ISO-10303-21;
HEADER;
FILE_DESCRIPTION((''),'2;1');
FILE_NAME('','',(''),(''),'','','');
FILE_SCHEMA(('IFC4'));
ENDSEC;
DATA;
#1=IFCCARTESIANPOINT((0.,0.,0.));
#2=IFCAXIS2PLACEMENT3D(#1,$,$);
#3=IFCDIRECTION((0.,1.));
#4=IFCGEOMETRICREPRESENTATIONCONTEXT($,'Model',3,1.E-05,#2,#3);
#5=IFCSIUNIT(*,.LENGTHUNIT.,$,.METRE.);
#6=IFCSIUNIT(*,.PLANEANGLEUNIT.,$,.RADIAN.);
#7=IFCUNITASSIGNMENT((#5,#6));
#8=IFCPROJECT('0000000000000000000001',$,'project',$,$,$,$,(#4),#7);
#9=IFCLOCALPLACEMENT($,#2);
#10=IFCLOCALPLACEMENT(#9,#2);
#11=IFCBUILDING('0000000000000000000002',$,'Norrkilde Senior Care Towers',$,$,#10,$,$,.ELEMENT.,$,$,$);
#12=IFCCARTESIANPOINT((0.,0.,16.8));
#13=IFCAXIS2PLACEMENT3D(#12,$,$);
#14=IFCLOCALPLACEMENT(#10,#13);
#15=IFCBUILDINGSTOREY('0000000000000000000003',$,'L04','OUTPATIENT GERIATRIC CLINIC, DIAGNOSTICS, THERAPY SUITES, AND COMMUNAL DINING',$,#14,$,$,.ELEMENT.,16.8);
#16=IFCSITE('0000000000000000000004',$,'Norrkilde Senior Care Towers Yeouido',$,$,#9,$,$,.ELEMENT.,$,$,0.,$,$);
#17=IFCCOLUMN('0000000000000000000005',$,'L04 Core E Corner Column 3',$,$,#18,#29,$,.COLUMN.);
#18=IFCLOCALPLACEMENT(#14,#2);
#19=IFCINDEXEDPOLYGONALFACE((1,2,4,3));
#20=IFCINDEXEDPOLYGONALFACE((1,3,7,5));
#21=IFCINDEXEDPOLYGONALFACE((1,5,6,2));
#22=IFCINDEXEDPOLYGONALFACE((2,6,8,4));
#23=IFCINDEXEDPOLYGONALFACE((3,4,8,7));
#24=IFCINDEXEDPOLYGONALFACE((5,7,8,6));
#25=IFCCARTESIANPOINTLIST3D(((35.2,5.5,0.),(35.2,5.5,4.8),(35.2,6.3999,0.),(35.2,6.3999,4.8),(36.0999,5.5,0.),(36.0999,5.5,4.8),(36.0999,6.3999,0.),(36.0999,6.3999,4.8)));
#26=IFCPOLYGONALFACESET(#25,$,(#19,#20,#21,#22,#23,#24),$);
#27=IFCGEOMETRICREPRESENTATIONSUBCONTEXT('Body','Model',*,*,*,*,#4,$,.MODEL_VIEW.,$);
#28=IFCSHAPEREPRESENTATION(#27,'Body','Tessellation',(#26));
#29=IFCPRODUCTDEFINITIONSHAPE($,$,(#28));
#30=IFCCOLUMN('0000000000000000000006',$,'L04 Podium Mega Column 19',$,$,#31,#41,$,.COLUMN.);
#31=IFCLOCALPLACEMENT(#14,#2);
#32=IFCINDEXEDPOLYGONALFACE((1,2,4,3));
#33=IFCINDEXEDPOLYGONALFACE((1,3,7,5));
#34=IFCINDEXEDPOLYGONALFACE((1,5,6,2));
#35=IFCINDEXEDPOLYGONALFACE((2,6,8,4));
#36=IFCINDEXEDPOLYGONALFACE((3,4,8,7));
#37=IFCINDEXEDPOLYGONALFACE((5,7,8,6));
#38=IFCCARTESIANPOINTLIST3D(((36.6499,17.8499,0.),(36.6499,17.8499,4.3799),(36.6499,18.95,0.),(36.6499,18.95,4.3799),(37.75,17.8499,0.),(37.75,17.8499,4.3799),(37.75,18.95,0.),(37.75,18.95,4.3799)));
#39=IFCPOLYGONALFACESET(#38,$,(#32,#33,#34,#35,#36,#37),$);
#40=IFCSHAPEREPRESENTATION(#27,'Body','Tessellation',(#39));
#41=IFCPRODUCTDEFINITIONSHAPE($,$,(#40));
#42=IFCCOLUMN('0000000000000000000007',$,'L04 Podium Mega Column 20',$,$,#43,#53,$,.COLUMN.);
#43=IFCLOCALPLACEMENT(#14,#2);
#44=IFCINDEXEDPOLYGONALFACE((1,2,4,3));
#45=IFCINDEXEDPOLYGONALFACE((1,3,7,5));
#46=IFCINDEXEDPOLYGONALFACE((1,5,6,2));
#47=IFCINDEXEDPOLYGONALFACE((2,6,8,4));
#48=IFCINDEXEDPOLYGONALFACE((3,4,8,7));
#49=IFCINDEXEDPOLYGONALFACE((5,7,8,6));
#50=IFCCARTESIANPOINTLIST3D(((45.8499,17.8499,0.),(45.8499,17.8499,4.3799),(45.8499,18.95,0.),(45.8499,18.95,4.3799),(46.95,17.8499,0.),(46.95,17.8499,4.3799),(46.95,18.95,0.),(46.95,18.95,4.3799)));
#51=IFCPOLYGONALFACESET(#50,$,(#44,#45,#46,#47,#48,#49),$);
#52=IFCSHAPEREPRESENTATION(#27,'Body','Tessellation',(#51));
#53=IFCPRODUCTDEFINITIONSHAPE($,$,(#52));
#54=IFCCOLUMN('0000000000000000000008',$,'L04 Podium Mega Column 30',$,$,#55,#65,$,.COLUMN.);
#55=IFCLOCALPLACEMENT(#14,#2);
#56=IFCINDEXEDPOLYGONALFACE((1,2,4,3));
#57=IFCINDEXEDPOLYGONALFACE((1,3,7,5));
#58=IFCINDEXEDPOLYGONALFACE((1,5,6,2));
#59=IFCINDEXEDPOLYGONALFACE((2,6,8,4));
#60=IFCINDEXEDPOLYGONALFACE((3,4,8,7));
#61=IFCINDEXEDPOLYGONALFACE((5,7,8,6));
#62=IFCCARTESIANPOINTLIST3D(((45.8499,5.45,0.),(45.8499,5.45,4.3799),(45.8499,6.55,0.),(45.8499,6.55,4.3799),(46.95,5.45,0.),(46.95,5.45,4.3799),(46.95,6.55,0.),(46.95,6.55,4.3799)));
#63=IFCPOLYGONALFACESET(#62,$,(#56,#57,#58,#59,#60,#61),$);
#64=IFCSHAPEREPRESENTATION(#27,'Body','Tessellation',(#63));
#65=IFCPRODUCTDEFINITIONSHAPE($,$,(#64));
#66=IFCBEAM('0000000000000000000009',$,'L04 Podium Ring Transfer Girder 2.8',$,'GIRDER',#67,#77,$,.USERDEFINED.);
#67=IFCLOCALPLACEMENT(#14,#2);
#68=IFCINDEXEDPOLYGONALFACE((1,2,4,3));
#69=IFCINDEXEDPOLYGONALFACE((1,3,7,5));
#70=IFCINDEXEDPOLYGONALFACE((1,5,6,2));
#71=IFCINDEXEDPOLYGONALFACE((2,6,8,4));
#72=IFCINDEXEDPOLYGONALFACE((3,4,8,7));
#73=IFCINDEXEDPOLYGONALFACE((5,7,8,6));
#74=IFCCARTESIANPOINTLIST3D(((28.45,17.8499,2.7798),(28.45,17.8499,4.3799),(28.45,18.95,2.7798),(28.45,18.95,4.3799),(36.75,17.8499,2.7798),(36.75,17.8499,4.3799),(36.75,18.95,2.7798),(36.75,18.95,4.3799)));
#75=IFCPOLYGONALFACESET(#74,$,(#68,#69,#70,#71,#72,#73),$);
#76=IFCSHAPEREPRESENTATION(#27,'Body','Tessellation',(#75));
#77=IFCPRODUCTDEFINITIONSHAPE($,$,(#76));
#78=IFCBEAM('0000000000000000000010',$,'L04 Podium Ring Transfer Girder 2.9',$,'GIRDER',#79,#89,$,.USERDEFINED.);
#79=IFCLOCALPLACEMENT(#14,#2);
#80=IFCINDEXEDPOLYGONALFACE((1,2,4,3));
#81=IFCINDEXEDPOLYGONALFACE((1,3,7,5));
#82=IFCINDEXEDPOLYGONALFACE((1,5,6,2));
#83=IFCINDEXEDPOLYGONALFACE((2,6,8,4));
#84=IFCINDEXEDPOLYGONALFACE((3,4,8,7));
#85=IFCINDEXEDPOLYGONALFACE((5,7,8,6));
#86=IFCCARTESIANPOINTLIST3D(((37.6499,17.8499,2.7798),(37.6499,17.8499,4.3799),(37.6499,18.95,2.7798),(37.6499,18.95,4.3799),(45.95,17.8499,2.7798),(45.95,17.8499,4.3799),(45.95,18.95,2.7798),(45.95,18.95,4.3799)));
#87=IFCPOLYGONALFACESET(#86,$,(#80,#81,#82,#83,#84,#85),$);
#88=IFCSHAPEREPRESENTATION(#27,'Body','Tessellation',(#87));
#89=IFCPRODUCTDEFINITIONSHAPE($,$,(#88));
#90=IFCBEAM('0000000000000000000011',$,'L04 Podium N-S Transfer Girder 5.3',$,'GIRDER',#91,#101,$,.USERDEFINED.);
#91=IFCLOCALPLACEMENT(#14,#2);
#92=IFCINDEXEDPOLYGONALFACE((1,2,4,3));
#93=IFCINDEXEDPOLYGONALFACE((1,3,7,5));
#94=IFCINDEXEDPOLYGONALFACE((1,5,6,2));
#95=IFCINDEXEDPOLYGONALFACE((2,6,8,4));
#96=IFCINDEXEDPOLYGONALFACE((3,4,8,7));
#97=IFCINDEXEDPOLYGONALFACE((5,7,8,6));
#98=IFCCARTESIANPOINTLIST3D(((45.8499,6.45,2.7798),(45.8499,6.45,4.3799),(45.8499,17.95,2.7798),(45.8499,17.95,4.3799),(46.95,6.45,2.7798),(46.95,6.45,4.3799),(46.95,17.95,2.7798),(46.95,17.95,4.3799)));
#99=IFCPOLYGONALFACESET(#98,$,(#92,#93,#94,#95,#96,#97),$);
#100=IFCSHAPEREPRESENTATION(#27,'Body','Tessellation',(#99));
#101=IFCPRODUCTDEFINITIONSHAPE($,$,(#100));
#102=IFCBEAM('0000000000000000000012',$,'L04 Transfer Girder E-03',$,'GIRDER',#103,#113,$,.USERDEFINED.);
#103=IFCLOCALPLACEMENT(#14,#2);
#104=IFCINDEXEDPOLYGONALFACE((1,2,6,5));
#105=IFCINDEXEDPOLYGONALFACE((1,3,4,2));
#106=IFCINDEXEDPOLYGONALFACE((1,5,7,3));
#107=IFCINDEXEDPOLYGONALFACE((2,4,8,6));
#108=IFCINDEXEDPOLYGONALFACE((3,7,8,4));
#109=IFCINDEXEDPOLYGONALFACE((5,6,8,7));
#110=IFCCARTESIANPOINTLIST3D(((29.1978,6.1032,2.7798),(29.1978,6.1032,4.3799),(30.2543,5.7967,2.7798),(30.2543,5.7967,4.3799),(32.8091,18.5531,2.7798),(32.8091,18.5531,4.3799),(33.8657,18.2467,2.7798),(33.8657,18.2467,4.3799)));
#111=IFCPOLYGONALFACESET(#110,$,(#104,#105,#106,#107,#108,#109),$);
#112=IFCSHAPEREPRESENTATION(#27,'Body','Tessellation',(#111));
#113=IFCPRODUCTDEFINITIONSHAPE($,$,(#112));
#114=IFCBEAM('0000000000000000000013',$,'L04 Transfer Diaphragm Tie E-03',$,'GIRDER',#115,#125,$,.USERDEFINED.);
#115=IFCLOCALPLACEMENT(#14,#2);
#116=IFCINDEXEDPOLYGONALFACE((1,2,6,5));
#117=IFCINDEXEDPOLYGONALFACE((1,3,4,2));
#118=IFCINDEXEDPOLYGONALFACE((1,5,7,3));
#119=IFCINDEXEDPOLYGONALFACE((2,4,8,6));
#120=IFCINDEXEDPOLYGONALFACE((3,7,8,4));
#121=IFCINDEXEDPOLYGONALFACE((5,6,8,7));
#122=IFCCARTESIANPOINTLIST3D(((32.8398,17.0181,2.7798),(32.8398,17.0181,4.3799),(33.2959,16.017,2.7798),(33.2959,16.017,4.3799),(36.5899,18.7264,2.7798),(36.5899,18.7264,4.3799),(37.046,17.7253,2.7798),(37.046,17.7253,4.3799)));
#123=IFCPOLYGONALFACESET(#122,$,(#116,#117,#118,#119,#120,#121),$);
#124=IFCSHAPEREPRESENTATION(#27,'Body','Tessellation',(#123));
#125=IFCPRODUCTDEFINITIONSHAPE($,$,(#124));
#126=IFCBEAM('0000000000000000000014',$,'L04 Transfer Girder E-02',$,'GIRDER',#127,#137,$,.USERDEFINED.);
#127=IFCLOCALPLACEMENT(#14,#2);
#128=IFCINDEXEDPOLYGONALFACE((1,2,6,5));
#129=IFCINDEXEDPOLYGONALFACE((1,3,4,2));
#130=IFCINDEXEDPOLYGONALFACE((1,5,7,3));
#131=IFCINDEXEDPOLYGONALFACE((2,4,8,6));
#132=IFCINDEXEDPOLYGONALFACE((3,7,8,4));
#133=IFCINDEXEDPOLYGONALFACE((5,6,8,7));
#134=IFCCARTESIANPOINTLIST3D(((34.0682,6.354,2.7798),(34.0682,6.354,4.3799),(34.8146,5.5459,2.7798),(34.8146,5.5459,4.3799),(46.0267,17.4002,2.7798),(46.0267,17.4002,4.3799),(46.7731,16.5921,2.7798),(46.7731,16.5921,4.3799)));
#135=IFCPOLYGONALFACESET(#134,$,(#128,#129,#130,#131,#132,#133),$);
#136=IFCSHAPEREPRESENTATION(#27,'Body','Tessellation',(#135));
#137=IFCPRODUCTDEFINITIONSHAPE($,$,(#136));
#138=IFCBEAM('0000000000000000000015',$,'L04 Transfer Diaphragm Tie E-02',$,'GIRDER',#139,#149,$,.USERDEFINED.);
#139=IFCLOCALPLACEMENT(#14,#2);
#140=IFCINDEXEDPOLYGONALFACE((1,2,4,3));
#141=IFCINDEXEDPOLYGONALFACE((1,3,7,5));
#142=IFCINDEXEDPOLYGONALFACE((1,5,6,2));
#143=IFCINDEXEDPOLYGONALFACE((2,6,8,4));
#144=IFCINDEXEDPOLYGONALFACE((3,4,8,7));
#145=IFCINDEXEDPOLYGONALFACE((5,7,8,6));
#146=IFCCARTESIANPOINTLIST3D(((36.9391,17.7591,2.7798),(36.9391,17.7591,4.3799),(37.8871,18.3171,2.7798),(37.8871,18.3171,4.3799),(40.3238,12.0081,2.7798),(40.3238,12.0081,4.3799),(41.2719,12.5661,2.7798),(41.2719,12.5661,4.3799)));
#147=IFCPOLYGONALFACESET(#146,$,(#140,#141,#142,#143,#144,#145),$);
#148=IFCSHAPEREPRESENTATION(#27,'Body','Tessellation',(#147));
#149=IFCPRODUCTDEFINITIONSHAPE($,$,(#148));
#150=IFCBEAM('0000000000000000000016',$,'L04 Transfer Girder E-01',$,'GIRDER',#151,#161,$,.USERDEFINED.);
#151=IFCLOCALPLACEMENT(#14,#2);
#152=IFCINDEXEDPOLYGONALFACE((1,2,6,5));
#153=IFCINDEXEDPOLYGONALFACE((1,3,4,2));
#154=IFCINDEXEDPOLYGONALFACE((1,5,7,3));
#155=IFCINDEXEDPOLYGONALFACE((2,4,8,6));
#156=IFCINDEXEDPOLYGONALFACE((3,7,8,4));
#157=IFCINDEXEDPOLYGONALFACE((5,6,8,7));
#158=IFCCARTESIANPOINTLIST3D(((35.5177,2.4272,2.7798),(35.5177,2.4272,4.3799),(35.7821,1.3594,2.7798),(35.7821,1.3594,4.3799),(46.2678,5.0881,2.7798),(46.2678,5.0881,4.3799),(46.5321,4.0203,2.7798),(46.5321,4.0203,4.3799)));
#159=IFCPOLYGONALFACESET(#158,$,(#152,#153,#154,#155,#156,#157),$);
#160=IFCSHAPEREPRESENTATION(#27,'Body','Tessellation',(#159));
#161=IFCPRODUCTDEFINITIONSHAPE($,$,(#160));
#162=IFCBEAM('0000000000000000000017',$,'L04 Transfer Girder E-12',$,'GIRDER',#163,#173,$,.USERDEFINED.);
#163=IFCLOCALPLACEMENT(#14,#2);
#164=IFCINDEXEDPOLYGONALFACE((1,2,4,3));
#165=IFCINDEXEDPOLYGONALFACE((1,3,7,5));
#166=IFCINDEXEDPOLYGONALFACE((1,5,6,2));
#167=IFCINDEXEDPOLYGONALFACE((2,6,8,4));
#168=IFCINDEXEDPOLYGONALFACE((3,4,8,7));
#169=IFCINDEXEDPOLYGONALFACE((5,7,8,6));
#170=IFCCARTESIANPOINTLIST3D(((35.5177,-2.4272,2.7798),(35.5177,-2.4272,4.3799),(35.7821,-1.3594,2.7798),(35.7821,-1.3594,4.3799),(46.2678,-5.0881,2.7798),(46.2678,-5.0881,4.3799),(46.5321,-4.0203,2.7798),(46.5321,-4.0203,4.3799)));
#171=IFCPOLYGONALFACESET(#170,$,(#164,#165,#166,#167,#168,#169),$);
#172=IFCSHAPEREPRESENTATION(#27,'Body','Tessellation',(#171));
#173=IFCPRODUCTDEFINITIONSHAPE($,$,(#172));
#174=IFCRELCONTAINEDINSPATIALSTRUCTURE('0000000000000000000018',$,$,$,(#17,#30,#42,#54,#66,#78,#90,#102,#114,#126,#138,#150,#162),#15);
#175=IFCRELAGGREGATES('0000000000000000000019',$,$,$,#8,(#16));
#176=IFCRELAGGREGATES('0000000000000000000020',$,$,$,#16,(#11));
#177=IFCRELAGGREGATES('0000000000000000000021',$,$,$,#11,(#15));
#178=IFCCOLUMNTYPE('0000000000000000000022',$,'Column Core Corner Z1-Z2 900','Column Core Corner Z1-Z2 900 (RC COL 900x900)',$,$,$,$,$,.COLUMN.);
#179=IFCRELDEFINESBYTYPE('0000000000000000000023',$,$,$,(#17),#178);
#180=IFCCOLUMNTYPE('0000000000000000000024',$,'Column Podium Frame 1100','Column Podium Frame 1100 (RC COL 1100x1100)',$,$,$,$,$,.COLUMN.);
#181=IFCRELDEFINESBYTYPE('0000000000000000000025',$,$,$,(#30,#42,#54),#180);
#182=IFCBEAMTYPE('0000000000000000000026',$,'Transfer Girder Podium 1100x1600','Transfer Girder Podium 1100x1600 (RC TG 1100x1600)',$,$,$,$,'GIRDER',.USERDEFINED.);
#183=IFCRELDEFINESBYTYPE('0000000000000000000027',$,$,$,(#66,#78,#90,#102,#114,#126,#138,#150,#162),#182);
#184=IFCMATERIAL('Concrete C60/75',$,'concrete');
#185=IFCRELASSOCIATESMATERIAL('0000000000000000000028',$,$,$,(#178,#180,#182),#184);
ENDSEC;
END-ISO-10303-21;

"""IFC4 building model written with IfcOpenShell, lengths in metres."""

from ifc_helpers import new_model, si_unit, direction, frame, origin, origin_2d, place, context, subcontext, project, spatial, rectangle, extrude, source, transform, mapped, material, material_profile, profile_set, type_object, type_shapes, element, save


model = new_model("IFC4")

# Units and contexts
model_context = context("Model", 3, precision=1e-05, world=origin(), true_north=direction((0.0, 1.0)))
body_context = subcontext(model_context, "Body", "Model", "MODEL_VIEW")
ifc_project = project(units=[si_unit("LENGTHUNIT", "METRE"), si_unit("PLANEANGLEUNIT", "RADIAN")], contexts=[model_context])

# Site, building, storey
site_placement = place(None, origin())
site = spatial("IfcSite", under=ifc_project, at=site_placement, Name="Norrkilde Senior Care Towers Yeouido", CompositionType="ELEMENT", RefElevation=0.0)
building_placement = place(site_placement, origin())
building = spatial("IfcBuilding", under=site, at=building_placement, Name="Norrkilde Senior Care Towers", CompositionType="ELEMENT")
storey_placement = place(building_placement, frame((0.0, 0.0, 16.8)))
storey = spatial("IfcBuildingStorey", under=building, at=storey_placement, Name="L04", Description="OUTPATIENT GERIATRIC CLINIC, DIAGNOSTICS, THERAPY SUITES, AND COMMUNAL DINING", CompositionType="ELEMENT", Elevation=16.8)

# Columns
ifc_material_1 = material(Name="Concrete C60/75", Category="concrete")
ifc_material_profile_1 = material_profile(ifc_material_1, rectangle(XDim=0.8999, YDim=0.8999, at=origin_2d()), Name="RC COL 900x900")
ifc_profile_set_1 = profile_set([ifc_material_profile_1], Name="Concrete C60/75")
column_type_1 = type_object("IfcColumnType", Name="Column Core Corner Z1-Z2 900", Description="Column Core Corner Z1-Z2 900 (RC COL 900x900)", PredefinedType="COLUMN", material=ifc_profile_set_1)
shared_shape_1 = source(origin(), body_context, "Body", "SweptSolid", [
    extrude(rectangle(XDim=0.8999, YDim=0.8999, at=origin_2d()), origin(), (0.0, 0.0, 1.0), 4.8),
])
type_shapes(column_type_1, [shared_shape_1])
column_placement = place(storey_placement, frame((35.6499, 5.95, 0.0), z_axis=(0.0, 0.0, 1.0), x_axis=(1.0, 0.0, 0.0)))
element("IfcColumn", 1, at=column_placement, inside=storey, type_object=column_type_1, Name="L04 Core E Corner Column 3", PredefinedType="COLUMN", context=body_context, shape_type="MappedRepresentation", body=[
    mapped(shared_shape_1, transform((0.0, 0.0, 0.0), x_axis=(1.0, 0.0, 0.0), y_axis=(0.0, 1.0, 0.0), z_axis=(0.0, 0.0, 1.0), scale=1.0)),
])
ifc_material_profile_2 = material_profile(ifc_material_1, rectangle(XDim=1.1001, YDim=1.1001, at=origin_2d()), Name="RC COL 1100x1100")
ifc_profile_set_2 = profile_set([ifc_material_profile_2], Name="Concrete C60/75")
column_type_2 = type_object("IfcColumnType", Name="Column Podium Frame 1100", Description="Column Podium Frame 1100 (RC COL 1100x1100)", PredefinedType="COLUMN", material=ifc_profile_set_2)
shared_shape_2 = source(origin(), body_context, "Body", "SweptSolid", [
    extrude(rectangle(XDim=1.1001, YDim=1.1001, at=origin_2d()), origin(), (0.0, 0.0, 1.0), 4.3799),
])
type_shapes(column_type_2, [shared_shape_2])
for number, where, z_axis, x_axis, name in (
    (2, (37.2, 18.3999, 0.0), (0.0, 0.0, 1.0), (1.0, 0.0, 0.0), "L04 Podium Mega Column 19"),
    (3, (46.3999, 18.3999, 0.0), (0.0, 0.0, 1.0), (1.0, 0.0, 0.0), "L04 Podium Mega Column 20"),
    (4, (46.3999, 6.0, 0.0), (0.0, 0.0, 1.0), (1.0, 0.0, 0.0), "L04 Podium Mega Column 30"),
):
    element("IfcColumn", number, at=place(storey_placement, frame(where, z_axis=z_axis, x_axis=x_axis)), inside=storey, type_object=column_type_2, Name=name, PredefinedType="COLUMN", context=body_context, shape_type="MappedRepresentation", body=[
        mapped(shared_shape_2, transform((0.0, 0.0, 0.0), x_axis=(1.0, 0.0, 0.0), y_axis=(0.0, 1.0, 0.0), z_axis=(0.0, 0.0, 1.0), scale=1.0)),
    ])

# Beams
ifc_material_profile_3 = material_profile(ifc_material_1, rectangle(XDim=1.1001, YDim=1.6001, at=origin_2d()), Name="RC TG 1100x1600")
ifc_profile_set_3 = profile_set([ifc_material_profile_3], Name="Concrete C60/75")
beam_type = type_object("IfcBeamType", Name="Transfer Girder Podium 1100x1600", Description="Transfer Girder Podium 1100x1600 (RC TG 1100x1600)", ElementType="GIRDER", PredefinedType="USERDEFINED", material=ifc_profile_set_3)
shared_shape_3 = source(origin(), body_context, "Body", "SweptSolid", [
    extrude(rectangle(XDim=1.1001, YDim=1.6001, at=origin_2d()), origin(), (0.0, 0.0, 1.0), 8.3),
])
for number, where, z_axis, x_axis, name in (
    (5, (28.45, 18.3999, 3.5798), (1.0, 0.0, 0.0), (0.0, 1.0, 0.0), "L04 Podium Ring Transfer Girder 2.8"),
    (6, (37.6499, 18.3999, 3.5798), (1.0, 0.0, 0.0), (0.0, 1.0, 0.0), "L04 Podium Ring Transfer Girder 2.9"),
):
    element("IfcBeam", number, at=place(storey_placement, frame(where, z_axis=z_axis, x_axis=x_axis)), inside=storey, type_object=beam_type, Name=name, ObjectType="GIRDER", PredefinedType="USERDEFINED", context=body_context, shape_type="MappedRepresentation", body=[
        mapped(shared_shape_3, transform((0.0, 0.0, 0.0), x_axis=(1.0, 0.0, 0.0), y_axis=(0.0, 1.0, 0.0), z_axis=(0.0, 0.0, 1.0), scale=1.0)),
    ])
shared_shape_4 = source(origin(), body_context, "Body", "SweptSolid", [
    extrude(rectangle(XDim=1.1001, YDim=1.6001, at=origin_2d()), origin(), (0.0, 0.0, 1.0), 11.5),
])
beam_1_placement = place(storey_placement, frame((46.3999, 6.45, 3.5798), z_axis=(0.0, 1.0, 0.0), x_axis=(-1.0, 0.0, 0.0)))
element("IfcBeam", 7, at=beam_1_placement, inside=storey, type_object=beam_type, Name="L04 Podium N-S Transfer Girder 5.3", ObjectType="GIRDER", PredefinedType="USERDEFINED", context=body_context, shape_type="MappedRepresentation", body=[
    mapped(shared_shape_4, transform((0.0, 0.0, 0.0), x_axis=(1.0, 0.0, 0.0), y_axis=(0.0, 1.0, 0.0), z_axis=(0.0, 0.0, 1.0), scale=1.0)),
])
shared_shape_5 = source(origin(), body_context, "Body", "SweptSolid", [
    extrude(rectangle(XDim=1.1001, YDim=1.6001, at=origin_2d()), origin(), (0.0, 0.0, 1.0), 12.9631),
])
beam_2_placement = place(storey_placement, frame((29.7261, 5.95, 3.5798), z_axis=(0.278584, 0.960412, 0.0), x_axis=(-0.960412, 0.278584, 0.0)))
element("IfcBeam", 8, at=beam_2_placement, inside=storey, type_object=beam_type, Name="L04 Transfer Girder E-03", ObjectType="GIRDER", PredefinedType="USERDEFINED", context=body_context, shape_type="MappedRepresentation", body=[
    mapped(shared_shape_5, transform((0.0, 0.0, 0.0), x_axis=(1.0, 0.0, 0.0), y_axis=(0.0, 1.0, 0.0), z_axis=(0.0, 0.0, 1.0), scale=1.0)),
])
shared_shape_6 = source(origin(), body_context, "Body", "SweptSolid", [
    extrude(rectangle(XDim=1.1001, YDim=1.6001, at=origin_2d()), origin(), (0.0, 0.0, 1.0), 4.1208),
])
beam_3_placement = place(storey_placement, frame((33.0679, 16.5176, 3.5798), z_axis=(0.910027, 0.414548, 0.0), x_axis=(-0.414548, 0.910027, 0.0)))
element("IfcBeam", 9, at=beam_3_placement, inside=storey, type_object=beam_type, Name="L04 Transfer Diaphragm Tie E-03", ObjectType="GIRDER", PredefinedType="USERDEFINED", context=body_context, shape_type="MappedRepresentation", body=[
    mapped(shared_shape_6, transform((0.0, 0.0, 0.0), x_axis=(1.0, 0.0, 0.0), y_axis=(0.0, 1.0, 0.0), z_axis=(0.0, 0.0, 1.0), scale=1.0)),
])
shared_shape_7 = source(origin(), body_context, "Body", "SweptSolid", [
    extrude(rectangle(XDim=1.1001, YDim=1.6001, at=origin_2d()), origin(), (0.0, 0.0, 1.0), 16.2795),
])
beam_4_placement = place(storey_placement, frame((34.4414, 5.95, 3.5798), z_axis=(0.734573, 0.67853, 0.0), x_axis=(-0.67853, 0.734573, 0.0)))
element("IfcBeam", 10, at=beam_4_placement, inside=storey, type_object=beam_type, Name="L04 Transfer Girder E-02", ObjectType="GIRDER", PredefinedType="USERDEFINED", context=body_context, shape_type="MappedRepresentation", body=[
    mapped(shared_shape_7, transform((0.0, 0.0, 0.0), x_axis=(1.0, 0.0, 0.0), y_axis=(0.0, 1.0, 0.0), z_axis=(0.0, 0.0, 1.0), scale=1.0)),
])
shared_shape_8 = source(origin(), body_context, "Body", "SweptSolid", [
    extrude(rectangle(XDim=1.1001, YDim=1.6001, at=origin_2d()), origin(), (0.0, 0.0, 1.0), 6.6731),
])
beam_5_placement = place(storey_placement, frame((40.7979, 12.2871, 3.5798), z_axis=(-0.507225, 0.861814, 0.0), x_axis=(-0.861814, -0.507225, 0.0)))
element("IfcBeam", 11, at=beam_5_placement, inside=storey, type_object=beam_type, Name="L04 Transfer Diaphragm Tie E-02", ObjectType="GIRDER", PredefinedType="USERDEFINED", context=body_context, shape_type="MappedRepresentation", body=[
    mapped(shared_shape_8, transform((0.0, 0.0, 0.0), x_axis=(1.0, 0.0, 0.0), y_axis=(0.0, 1.0, 0.0), z_axis=(0.0, 0.0, 1.0), scale=1.0)),
])
shared_shape_9 = source(origin(), body_context, "Body", "SweptSolid", [
    extrude(rectangle(XDim=1.1001, YDim=1.6001, at=origin_2d()), origin(), (0.0, 0.0, 1.0), 11.0745),
])
for number, where, z_axis, x_axis, name in (
    (12, (35.6499, 1.8933, 3.5798), (0.970705, 0.240273, 0.0), (-0.240273, 0.970705, 0.0), "L04 Transfer Girder E-01"),
    (13, (35.6499, -1.8933, 3.5798), (0.970705, -0.240273, 0.0), (0.240273, 0.970705, 0.0), "L04 Transfer Girder E-12"),
):
    element("IfcBeam", number, at=place(storey_placement, frame(where, z_axis=z_axis, x_axis=x_axis)), inside=storey, type_object=beam_type, Name=name, ObjectType="GIRDER", PredefinedType="USERDEFINED", context=body_context, shape_type="MappedRepresentation", body=[
        mapped(shared_shape_9, transform((0.0, 0.0, 0.0), x_axis=(1.0, 0.0, 0.0), y_axis=(0.0, 1.0, 0.0), z_axis=(0.0, 0.0, 1.0), scale=1.0)),
    ])

save(model, "model.ifc")
